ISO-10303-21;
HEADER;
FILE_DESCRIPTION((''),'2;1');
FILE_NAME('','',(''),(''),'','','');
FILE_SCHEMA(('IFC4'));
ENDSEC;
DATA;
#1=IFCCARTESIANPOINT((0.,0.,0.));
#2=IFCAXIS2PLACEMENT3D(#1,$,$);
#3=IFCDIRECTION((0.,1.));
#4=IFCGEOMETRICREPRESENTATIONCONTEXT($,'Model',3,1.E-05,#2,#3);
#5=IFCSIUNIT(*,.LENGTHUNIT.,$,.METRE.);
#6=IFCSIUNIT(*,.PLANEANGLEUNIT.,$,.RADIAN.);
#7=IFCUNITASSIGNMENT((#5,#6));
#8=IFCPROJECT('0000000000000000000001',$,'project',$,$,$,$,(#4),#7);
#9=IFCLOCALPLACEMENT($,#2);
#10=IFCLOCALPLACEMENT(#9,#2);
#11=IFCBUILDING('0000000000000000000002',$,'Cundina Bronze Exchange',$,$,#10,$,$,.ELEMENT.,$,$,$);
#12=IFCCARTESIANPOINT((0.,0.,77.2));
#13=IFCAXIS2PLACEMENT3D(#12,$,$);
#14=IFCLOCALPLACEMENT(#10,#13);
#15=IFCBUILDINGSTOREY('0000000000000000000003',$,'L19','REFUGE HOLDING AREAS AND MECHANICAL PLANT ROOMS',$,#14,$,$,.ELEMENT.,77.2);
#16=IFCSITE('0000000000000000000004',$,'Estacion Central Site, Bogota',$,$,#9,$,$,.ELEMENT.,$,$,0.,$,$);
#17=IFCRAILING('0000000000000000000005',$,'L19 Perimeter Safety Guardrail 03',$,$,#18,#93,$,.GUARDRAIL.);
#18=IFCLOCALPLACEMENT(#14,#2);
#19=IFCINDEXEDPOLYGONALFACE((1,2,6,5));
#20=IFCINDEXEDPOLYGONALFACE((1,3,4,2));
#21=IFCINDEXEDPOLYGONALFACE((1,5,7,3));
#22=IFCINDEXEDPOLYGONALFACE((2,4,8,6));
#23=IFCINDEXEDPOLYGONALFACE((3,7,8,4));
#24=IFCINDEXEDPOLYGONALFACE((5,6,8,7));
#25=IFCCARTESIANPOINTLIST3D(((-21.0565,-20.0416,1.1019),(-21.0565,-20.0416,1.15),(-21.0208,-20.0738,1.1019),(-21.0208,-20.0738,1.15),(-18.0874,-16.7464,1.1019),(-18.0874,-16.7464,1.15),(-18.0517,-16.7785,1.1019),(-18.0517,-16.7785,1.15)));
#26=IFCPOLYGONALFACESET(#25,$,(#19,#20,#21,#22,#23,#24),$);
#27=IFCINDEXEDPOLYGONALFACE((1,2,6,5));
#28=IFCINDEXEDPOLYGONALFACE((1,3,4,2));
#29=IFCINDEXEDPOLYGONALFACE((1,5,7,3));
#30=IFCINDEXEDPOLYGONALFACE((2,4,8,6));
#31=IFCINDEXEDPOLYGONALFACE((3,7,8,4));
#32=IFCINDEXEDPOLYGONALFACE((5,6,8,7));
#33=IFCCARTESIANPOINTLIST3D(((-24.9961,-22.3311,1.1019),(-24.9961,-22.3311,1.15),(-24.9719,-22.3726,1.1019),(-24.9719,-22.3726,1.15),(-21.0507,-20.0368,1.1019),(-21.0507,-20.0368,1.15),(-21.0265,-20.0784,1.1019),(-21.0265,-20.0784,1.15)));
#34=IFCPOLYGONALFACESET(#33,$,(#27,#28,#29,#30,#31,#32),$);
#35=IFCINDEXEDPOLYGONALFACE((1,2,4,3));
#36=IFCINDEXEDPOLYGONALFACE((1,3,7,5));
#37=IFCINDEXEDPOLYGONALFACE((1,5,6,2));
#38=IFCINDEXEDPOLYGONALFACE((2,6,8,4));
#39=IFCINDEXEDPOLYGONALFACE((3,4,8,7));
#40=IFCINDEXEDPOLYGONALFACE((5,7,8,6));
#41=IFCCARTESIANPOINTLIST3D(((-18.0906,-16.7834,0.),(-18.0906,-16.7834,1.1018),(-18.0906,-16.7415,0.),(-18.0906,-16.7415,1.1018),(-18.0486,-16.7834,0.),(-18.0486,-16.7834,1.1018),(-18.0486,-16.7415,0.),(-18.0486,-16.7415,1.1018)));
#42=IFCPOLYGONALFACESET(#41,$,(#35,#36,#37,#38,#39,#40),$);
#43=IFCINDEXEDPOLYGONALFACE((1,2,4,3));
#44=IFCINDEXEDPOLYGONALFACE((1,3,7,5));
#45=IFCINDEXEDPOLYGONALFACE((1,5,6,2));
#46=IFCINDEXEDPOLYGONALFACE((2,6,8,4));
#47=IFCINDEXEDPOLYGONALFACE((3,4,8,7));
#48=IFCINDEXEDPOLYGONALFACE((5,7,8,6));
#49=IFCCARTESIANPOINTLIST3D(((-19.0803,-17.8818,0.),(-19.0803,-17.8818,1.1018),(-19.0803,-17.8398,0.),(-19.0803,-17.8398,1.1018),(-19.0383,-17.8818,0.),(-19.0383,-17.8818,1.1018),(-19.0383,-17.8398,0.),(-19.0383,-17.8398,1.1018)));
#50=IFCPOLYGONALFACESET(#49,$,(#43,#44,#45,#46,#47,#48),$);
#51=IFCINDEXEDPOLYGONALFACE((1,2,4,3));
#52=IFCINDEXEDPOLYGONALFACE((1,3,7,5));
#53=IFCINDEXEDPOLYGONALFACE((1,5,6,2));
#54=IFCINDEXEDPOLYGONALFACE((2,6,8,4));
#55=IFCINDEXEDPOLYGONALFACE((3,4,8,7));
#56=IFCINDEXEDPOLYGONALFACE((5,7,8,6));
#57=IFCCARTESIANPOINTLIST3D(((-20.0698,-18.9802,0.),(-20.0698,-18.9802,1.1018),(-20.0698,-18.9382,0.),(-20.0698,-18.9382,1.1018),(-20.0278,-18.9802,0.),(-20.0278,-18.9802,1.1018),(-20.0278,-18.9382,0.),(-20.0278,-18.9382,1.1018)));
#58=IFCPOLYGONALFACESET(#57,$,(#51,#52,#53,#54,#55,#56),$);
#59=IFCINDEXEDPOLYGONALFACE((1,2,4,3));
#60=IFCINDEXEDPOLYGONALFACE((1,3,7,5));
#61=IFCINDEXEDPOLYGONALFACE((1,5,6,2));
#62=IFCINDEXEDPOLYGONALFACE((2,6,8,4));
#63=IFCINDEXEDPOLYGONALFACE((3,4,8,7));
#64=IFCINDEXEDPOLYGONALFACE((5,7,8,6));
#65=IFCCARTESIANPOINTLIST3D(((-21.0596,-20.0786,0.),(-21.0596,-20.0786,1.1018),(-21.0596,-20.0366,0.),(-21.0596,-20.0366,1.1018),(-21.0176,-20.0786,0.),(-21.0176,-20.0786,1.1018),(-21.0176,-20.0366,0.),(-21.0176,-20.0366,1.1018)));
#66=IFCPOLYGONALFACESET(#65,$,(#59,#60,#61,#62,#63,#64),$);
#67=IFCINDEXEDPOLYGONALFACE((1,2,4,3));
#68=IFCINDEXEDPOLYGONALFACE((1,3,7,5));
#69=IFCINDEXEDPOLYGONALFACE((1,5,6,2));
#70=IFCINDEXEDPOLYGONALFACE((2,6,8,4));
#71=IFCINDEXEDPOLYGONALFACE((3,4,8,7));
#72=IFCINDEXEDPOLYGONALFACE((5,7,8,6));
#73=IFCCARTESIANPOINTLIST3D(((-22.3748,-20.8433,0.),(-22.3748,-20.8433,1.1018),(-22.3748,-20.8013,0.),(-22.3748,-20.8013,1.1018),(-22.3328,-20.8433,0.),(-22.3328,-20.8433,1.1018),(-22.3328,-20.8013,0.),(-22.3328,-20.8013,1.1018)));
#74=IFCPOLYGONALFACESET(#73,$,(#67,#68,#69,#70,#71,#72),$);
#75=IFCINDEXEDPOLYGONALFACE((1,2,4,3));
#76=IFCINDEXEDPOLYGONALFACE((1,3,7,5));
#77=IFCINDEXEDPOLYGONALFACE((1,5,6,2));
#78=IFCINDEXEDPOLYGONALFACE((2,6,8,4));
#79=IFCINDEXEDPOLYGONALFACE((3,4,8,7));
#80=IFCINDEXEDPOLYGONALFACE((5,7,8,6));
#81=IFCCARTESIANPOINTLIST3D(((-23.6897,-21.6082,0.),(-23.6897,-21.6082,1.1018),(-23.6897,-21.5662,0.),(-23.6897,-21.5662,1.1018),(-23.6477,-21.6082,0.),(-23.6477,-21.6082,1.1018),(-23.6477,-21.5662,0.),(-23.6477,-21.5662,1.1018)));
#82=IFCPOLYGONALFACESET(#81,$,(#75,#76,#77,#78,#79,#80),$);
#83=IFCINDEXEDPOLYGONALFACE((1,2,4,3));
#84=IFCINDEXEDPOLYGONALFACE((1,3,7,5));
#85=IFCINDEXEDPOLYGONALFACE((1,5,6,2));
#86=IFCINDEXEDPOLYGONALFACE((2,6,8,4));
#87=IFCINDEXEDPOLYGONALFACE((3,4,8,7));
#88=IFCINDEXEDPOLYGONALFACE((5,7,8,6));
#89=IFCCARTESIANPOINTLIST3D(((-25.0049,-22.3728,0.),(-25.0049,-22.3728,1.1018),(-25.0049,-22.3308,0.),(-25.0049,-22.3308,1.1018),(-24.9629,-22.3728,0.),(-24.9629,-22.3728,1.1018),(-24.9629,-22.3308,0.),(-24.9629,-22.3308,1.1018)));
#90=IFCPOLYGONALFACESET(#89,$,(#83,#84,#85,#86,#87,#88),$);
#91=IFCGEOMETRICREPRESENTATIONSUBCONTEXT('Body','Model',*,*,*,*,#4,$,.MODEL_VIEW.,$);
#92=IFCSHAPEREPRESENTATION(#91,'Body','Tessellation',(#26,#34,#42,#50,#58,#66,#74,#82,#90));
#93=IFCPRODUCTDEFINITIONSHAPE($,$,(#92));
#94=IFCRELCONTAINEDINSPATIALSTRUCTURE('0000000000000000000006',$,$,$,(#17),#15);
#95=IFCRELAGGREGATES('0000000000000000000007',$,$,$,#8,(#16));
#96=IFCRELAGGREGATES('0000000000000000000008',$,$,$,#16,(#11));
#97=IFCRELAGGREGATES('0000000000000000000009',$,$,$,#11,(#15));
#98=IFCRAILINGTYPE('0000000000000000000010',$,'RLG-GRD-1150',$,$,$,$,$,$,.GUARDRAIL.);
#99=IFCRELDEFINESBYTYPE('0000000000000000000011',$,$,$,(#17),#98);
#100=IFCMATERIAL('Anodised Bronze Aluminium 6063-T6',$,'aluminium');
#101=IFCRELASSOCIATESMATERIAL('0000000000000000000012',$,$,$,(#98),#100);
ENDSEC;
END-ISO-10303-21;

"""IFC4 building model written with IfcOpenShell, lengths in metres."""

from ifc_helpers import new_model, si_unit, direction, frame, origin, origin_2d, place, context, subcontext, project, spatial, rectangle, extrude, material, type_object, element, save


model = new_model("IFC4")

# Units and contexts
model_context = context("Model", 3, precision=1e-05, world=origin(), true_north=direction((0.0, 1.0)))
body_context = subcontext(model_context, "Body", "Model", "MODEL_VIEW")
ifc_project = project(units=[si_unit("LENGTHUNIT", "METRE"), si_unit("PLANEANGLEUNIT", "RADIAN")], contexts=[model_context])

# Site, building, storey
site_placement = place(None, origin())
site = spatial("IfcSite", under=ifc_project, at=site_placement, Name="Estacion Central Site, Bogota", CompositionType="ELEMENT", RefElevation=0.0)
building_placement = place(site_placement, origin())
building = spatial("IfcBuilding", under=site, at=building_placement, Name="Cundina Bronze Exchange", CompositionType="ELEMENT")
storey_placement = place(building_placement, frame((0.0, 0.0, 77.2)))
storey = spatial("IfcBuildingStorey", under=building, at=storey_placement, Name="L19", Description="REFUGE HOLDING AREAS AND MECHANICAL PLANT ROOMS", CompositionType="ELEMENT", Elevation=77.2)

# Railing
ifc_material_1 = material(Name="Anodised Bronze Aluminium 6063-T6", Category="aluminium")
railing_type = type_object("IfcRailingType", Name="RLG-GRD-1150", PredefinedType="GUARDRAIL", material=ifc_material_1)
railing_1_placement = place(storey_placement, frame((-18.0696, -16.7625, 0.0)))
element("IfcRailing", 1, at=railing_1_placement, inside=storey, type_object=railing_type, Name="L19 Perimeter Safety Guardrail 03", PredefinedType="GUARDRAIL", context=body_context, shape_type="SweptSolid", body=[
    extrude(rectangle(XDim=0.0481, YDim=0.0481, at=origin_2d()), frame((0.0, 0.0, 1.126), z_axis=(-0.669381, -0.742919, 0.0), x_axis=(0.742919, -0.669381, 0.0)), (0.0, 0.0, 1.0), 4.4355),
    extrude(rectangle(XDim=0.0481, YDim=0.0481, at=origin_2d()), frame((-2.969, -3.2952, 1.126), z_axis=(-0.864469, -0.502686, 0.0), x_axis=(0.502686, -0.864469, 0.0)), (0.0, 0.0, 1.0), 4.564),
    extrude(rectangle(XDim=0.042, YDim=0.042, at=origin_2d()), origin(), (0.0, 0.0, 1.0), 1.1018),
    extrude(rectangle(XDim=0.042, YDim=0.042, at=origin_2d()), frame((-0.9897, -1.0984, 0.0)), (0.0, 0.0, 1.0), 1.1018),
    extrude(rectangle(XDim=0.042, YDim=0.042, at=origin_2d()), frame((-1.9792, -2.1968, 0.0)), (0.0, 0.0, 1.0), 1.1018),
    extrude(rectangle(XDim=0.042, YDim=0.042, at=origin_2d()), frame((-2.969, -3.2952, 0.0)), (0.0, 0.0, 1.0), 1.1018),
    extrude(rectangle(XDim=0.042, YDim=0.042, at=origin_2d()), frame((-4.2842, -4.0598, 0.0)), (0.0, 0.0, 1.0), 1.1018),
    extrude(rectangle(XDim=0.042, YDim=0.042, at=origin_2d()), frame((-5.5991, -4.8247, 0.0)), (0.0, 0.0, 1.0), 1.1018),
    extrude(rectangle(XDim=0.042, YDim=0.042, at=origin_2d()), frame((-6.9143, -5.5894, 0.0)), (0.0, 0.0, 1.0), 1.1018),
])

save(model, "model.ifc")
